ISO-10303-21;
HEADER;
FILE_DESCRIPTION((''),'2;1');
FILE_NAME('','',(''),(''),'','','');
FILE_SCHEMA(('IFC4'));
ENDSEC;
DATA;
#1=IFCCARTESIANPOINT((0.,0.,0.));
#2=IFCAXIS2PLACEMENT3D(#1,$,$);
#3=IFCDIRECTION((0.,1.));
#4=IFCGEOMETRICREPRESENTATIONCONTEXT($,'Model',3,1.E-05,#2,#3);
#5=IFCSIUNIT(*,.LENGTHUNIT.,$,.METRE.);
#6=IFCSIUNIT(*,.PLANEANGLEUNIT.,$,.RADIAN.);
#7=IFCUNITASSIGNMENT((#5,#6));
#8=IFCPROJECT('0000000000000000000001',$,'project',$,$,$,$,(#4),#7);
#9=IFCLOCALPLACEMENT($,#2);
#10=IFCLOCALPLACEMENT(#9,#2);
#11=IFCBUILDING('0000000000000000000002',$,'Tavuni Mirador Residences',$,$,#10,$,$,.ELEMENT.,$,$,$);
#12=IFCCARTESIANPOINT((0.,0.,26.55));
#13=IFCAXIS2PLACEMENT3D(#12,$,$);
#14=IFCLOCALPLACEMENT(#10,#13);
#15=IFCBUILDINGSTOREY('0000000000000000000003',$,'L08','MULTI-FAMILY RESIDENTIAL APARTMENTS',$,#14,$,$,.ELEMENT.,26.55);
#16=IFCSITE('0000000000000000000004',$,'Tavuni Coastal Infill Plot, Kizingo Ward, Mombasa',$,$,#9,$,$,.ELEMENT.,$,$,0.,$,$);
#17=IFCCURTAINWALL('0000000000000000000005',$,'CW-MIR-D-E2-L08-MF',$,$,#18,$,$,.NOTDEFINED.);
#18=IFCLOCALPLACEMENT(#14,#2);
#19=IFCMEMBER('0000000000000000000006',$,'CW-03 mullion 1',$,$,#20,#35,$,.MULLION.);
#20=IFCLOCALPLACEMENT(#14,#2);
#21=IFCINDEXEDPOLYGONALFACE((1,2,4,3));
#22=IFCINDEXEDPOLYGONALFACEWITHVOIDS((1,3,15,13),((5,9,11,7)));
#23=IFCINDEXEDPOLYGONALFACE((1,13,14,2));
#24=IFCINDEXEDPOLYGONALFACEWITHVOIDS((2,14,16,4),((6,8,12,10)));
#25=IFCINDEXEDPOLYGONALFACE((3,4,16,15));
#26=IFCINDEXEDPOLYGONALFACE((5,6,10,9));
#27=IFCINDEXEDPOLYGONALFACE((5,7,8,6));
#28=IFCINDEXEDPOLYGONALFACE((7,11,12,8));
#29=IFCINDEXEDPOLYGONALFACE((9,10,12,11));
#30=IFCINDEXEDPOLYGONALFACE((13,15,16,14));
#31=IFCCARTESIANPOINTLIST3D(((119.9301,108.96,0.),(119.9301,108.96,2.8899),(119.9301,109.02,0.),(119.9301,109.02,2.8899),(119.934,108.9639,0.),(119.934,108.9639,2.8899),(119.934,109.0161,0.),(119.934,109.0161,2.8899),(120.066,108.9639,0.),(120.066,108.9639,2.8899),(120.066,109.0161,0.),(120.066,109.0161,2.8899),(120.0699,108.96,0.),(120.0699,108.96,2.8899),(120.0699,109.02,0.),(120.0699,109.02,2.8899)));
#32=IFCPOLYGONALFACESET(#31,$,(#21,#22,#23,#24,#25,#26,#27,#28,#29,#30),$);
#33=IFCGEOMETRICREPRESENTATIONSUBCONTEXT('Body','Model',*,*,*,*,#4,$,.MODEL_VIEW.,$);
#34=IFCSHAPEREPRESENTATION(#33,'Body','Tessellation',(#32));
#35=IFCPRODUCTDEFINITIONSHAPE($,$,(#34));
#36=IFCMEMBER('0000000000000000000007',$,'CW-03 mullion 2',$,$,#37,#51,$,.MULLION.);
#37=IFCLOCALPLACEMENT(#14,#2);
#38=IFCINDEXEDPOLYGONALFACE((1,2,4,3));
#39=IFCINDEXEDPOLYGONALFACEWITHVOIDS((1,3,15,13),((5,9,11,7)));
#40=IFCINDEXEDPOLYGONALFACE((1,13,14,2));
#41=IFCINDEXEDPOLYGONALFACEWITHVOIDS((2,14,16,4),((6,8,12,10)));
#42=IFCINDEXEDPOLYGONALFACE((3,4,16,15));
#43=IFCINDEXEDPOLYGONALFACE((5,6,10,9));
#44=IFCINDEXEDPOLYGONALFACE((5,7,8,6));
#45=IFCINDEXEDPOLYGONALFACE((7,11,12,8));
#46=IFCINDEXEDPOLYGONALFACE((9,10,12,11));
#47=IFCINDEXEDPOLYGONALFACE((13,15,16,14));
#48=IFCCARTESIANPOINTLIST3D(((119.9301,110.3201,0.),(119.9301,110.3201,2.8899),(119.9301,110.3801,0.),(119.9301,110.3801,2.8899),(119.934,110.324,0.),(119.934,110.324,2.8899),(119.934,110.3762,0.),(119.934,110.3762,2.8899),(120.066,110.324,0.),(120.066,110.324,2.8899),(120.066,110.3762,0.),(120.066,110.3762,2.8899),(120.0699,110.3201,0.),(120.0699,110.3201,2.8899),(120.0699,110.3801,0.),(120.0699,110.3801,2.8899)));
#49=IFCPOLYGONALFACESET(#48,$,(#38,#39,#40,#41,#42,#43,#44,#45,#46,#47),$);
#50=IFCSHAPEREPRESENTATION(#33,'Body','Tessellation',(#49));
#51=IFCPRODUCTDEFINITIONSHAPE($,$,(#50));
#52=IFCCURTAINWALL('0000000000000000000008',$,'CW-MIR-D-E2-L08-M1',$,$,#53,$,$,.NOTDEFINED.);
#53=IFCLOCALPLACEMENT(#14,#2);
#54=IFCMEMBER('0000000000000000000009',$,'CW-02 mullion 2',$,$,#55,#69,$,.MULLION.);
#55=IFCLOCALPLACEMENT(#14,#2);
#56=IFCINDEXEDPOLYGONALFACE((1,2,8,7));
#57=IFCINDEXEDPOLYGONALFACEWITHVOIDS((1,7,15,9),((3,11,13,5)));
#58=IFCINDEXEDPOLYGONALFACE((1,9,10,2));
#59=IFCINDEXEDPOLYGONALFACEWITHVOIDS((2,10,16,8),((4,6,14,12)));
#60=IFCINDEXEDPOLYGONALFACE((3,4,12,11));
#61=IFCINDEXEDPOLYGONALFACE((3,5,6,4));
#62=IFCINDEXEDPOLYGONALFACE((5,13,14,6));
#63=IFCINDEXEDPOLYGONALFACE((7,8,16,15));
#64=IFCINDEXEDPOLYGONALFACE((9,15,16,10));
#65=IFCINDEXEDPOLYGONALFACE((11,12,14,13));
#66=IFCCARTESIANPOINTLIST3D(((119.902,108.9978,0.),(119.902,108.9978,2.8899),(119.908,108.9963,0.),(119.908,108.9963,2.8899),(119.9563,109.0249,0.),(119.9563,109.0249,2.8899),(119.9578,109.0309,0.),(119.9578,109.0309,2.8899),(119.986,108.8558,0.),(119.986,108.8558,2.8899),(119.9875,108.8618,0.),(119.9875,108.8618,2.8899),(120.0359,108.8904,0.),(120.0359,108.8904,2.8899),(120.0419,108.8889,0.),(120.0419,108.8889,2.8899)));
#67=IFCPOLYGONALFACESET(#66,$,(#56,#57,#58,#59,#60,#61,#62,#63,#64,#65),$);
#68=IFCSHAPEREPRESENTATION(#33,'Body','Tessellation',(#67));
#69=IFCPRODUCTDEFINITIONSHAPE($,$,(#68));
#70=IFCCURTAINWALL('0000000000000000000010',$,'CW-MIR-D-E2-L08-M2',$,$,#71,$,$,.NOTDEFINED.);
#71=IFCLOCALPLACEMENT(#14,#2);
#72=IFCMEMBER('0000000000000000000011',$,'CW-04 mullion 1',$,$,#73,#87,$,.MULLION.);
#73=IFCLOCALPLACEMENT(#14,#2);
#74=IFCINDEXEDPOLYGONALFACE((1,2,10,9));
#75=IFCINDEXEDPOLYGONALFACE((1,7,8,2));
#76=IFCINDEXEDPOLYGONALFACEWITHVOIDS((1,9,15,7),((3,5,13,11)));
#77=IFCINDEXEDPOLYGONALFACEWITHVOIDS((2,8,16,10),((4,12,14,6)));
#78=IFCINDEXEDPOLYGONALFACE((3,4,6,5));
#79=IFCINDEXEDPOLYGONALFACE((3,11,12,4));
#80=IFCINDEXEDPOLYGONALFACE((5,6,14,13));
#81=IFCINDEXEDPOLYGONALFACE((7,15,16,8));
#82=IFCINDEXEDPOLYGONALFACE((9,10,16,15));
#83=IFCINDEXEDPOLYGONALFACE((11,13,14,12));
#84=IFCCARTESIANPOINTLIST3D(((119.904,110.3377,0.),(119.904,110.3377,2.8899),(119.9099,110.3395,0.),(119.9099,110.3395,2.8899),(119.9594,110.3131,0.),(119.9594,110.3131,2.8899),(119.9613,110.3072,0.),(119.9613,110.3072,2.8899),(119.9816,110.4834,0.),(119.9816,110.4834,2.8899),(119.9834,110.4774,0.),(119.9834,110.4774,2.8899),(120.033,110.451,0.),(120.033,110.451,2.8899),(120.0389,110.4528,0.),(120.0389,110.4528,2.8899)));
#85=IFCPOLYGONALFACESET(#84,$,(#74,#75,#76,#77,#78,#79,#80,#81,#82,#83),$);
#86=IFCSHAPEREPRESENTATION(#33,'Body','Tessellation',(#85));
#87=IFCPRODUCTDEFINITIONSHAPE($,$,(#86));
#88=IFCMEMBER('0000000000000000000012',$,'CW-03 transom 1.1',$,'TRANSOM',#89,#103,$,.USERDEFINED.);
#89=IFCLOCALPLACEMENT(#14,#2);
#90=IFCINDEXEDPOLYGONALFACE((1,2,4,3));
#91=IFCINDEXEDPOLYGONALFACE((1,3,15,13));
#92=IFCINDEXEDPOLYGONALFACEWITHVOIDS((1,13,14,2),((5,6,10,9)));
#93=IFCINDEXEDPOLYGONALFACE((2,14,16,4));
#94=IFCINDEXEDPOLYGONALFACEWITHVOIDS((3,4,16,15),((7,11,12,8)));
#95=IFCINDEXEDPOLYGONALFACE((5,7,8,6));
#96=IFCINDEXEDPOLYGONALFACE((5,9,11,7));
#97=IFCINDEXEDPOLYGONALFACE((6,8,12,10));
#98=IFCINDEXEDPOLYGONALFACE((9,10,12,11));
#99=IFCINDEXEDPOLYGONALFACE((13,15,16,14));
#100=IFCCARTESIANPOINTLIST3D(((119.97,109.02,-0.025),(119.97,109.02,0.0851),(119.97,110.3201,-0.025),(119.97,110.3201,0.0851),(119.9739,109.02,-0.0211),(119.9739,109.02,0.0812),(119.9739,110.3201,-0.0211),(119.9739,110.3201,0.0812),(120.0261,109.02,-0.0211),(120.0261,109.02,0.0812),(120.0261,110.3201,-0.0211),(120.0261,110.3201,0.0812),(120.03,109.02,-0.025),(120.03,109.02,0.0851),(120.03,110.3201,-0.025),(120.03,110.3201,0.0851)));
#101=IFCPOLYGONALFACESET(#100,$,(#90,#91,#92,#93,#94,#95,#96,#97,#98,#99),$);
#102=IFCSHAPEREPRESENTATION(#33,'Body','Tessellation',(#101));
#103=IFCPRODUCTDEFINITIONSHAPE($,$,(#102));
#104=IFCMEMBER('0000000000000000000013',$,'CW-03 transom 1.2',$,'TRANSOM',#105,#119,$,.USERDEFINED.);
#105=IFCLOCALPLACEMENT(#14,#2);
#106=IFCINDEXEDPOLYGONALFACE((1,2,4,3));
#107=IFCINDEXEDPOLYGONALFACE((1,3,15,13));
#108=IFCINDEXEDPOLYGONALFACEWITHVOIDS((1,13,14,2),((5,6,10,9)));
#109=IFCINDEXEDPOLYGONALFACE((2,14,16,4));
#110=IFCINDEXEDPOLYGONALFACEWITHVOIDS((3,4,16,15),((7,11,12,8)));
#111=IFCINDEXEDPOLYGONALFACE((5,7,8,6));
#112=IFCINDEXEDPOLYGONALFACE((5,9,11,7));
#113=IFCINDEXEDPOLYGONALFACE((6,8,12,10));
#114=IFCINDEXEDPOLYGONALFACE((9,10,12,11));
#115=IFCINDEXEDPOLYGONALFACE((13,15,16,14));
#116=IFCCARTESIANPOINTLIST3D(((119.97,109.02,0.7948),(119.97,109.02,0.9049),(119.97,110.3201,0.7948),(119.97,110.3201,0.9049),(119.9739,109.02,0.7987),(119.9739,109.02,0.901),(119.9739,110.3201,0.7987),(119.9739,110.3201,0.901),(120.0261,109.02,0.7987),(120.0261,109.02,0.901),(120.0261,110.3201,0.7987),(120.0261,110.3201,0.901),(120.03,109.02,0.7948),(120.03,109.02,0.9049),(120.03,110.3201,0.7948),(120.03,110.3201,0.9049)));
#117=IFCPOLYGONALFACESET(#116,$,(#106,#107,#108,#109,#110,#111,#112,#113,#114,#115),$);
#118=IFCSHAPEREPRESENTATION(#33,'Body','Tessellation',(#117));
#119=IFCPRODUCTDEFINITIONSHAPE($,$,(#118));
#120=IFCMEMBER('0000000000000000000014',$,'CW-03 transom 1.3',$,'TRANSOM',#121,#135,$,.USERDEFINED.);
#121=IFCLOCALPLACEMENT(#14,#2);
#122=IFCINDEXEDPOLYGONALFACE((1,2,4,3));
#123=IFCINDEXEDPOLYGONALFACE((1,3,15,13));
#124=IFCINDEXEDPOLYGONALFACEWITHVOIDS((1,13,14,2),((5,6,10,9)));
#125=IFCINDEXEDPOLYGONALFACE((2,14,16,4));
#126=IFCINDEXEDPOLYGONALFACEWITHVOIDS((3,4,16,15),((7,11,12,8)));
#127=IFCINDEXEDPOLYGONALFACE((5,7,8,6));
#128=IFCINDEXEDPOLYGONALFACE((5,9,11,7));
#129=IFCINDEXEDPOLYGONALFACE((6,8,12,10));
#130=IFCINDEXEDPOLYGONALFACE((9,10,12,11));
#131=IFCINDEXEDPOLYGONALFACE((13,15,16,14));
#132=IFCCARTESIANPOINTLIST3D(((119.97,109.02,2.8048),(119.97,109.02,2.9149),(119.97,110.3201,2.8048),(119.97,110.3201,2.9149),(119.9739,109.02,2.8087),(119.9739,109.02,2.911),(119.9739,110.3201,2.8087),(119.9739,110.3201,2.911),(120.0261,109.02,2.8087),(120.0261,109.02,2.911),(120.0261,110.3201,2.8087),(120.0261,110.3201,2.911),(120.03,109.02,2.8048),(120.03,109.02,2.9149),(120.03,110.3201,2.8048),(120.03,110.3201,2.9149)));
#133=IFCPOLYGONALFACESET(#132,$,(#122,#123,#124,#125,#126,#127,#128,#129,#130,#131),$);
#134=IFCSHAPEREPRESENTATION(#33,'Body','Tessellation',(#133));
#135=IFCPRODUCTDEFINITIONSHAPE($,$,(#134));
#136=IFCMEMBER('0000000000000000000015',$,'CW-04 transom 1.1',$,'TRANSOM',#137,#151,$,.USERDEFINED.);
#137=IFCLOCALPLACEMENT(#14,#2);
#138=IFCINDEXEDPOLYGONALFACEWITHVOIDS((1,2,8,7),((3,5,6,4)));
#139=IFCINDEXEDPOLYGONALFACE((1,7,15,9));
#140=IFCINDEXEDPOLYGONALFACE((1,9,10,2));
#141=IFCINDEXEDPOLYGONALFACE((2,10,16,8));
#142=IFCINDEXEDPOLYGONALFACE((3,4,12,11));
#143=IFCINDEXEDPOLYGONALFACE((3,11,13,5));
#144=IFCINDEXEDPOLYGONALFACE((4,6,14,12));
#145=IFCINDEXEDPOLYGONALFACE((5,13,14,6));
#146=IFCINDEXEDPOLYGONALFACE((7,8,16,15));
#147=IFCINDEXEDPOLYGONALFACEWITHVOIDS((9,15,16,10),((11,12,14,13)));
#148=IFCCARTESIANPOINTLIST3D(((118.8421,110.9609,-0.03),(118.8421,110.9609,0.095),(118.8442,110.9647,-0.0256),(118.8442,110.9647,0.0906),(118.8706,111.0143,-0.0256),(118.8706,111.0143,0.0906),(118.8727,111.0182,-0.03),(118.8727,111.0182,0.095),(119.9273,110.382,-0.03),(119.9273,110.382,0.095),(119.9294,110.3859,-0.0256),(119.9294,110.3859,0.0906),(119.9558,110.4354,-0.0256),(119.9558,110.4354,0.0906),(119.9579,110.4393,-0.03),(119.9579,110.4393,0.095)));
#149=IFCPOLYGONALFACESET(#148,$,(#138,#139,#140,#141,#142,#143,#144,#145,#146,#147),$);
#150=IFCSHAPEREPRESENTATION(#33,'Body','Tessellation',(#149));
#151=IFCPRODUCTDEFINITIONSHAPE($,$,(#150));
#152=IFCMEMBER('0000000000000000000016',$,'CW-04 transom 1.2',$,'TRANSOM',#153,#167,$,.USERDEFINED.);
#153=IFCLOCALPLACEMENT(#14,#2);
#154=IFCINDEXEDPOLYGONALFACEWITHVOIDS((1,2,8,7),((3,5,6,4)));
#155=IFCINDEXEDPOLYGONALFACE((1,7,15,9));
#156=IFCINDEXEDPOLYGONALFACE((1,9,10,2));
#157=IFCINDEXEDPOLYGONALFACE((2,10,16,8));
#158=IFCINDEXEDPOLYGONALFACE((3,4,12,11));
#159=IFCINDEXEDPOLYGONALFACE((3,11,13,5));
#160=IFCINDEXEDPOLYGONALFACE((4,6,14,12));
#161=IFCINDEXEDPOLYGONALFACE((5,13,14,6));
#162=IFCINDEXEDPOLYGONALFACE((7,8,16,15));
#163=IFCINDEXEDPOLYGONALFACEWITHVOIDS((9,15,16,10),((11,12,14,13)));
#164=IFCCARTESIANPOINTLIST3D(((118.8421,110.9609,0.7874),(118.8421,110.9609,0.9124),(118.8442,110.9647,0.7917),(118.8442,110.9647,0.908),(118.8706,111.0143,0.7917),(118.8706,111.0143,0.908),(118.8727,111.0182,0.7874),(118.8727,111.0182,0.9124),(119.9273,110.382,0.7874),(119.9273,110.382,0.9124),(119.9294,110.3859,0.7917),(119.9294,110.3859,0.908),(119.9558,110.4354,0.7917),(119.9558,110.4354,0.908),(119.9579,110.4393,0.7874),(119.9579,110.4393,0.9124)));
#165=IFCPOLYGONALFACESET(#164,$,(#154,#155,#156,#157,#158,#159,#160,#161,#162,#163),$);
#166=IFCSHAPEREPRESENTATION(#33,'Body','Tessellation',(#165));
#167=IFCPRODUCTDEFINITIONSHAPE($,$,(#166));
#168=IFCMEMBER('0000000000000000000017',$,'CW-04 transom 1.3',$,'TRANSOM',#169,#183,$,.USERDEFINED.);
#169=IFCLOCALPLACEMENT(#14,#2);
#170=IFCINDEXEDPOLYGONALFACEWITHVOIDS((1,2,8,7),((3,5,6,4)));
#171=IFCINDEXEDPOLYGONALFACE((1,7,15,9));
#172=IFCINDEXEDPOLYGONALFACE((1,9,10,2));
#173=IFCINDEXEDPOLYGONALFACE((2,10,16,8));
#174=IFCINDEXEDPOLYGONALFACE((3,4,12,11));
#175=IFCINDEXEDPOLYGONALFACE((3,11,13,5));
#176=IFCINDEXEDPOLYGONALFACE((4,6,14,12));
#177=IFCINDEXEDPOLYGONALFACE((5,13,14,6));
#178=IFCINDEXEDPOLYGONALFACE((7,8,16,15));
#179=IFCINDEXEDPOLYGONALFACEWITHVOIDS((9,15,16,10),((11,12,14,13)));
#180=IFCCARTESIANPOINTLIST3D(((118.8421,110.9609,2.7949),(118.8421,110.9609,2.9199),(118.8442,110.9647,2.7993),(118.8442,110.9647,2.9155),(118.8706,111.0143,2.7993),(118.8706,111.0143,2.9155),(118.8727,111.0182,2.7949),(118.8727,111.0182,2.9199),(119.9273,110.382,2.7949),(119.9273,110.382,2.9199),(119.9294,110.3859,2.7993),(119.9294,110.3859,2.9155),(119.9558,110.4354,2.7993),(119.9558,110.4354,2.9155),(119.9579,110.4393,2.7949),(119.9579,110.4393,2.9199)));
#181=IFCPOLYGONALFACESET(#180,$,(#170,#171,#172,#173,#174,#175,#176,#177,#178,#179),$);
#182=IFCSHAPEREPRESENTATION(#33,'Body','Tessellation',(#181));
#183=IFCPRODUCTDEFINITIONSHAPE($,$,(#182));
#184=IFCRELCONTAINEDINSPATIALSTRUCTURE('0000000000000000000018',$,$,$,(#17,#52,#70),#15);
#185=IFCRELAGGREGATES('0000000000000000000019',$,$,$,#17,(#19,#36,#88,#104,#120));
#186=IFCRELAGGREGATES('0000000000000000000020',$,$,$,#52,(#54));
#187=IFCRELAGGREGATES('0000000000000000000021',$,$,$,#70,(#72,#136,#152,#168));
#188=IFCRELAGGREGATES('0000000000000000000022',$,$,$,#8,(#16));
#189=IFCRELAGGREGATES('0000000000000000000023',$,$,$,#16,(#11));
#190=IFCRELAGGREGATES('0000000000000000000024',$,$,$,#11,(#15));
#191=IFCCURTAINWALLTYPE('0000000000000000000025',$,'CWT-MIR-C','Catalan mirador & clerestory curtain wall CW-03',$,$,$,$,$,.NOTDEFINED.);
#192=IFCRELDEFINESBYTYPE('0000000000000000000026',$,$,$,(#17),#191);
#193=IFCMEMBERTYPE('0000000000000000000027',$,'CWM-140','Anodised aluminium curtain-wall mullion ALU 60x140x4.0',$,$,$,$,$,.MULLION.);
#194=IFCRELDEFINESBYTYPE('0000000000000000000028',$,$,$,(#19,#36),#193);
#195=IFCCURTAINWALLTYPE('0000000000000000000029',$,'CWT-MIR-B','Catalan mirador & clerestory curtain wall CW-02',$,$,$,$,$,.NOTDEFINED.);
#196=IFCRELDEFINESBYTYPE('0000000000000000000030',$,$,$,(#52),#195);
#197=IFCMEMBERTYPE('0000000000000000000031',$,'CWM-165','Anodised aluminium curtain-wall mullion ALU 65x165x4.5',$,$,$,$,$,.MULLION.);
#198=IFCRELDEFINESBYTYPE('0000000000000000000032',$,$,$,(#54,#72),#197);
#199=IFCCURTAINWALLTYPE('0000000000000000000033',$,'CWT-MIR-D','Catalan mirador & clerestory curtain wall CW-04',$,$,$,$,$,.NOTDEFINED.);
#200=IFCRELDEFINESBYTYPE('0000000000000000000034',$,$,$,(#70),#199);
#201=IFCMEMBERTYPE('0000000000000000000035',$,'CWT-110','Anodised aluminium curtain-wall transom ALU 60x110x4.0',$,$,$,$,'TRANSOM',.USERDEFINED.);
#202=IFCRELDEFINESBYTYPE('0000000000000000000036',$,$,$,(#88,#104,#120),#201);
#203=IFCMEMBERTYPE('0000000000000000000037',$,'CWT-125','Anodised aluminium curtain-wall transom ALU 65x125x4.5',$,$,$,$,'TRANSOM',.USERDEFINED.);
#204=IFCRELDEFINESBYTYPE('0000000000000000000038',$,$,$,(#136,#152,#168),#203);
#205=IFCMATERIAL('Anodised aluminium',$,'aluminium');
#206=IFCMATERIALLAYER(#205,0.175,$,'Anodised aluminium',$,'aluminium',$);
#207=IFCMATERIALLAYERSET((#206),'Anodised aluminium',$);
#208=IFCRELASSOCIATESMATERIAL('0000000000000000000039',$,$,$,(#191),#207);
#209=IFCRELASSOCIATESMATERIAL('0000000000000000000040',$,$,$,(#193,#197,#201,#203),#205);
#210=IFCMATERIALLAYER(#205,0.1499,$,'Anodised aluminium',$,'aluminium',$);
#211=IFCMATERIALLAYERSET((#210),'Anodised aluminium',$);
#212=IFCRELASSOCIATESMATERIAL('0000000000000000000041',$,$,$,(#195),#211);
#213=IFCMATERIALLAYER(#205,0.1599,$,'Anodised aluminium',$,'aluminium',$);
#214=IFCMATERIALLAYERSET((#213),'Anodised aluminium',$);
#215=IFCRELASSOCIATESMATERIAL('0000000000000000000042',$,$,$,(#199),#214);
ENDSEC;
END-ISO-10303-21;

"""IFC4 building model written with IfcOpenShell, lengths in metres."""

from ifc_helpers import new_model, si_unit, direction, frame, origin, origin_2d, place, context, subcontext, project, spatial, hollow_rectangle, extrude, material, layer, layer_set, material_profile, profile_set, type_object, element, aggregate, save


model = new_model("IFC4")

# Units and contexts
model_context = context("Model", 3, precision=1e-05, world=origin(), true_north=direction((0.0, 1.0)))
body_context = subcontext(model_context, "Body", "Model", "MODEL_VIEW")
ifc_project = project(units=[si_unit("LENGTHUNIT", "METRE"), si_unit("PLANEANGLEUNIT", "RADIAN")], contexts=[model_context])

# Site, building, storey
site_placement = place(None, origin())
site = spatial("IfcSite", under=ifc_project, at=site_placement, Name="Tavuni Coastal Infill Plot, Kizingo Ward, Mombasa", CompositionType="ELEMENT", RefElevation=0.0)
building_placement = place(site_placement, origin())
building = spatial("IfcBuilding", under=site, at=building_placement, Name="Tavuni Mirador Residences", CompositionType="ELEMENT")
storey_placement = place(building_placement, frame((0.0, 0.0, 26.55)))
storey = spatial("IfcBuildingStorey", under=building, at=storey_placement, Name="L08", Description="MULTI-FAMILY RESIDENTIAL APARTMENTS", CompositionType="ELEMENT", Elevation=26.55)

# Curtain wall, members
ifc_material_1 = material(Name="Anodised aluminium", Category="aluminium")
ifc_layer_1 = layer(ifc_material_1, 0.175, Name="Anodised aluminium", Category="aluminium")
ifc_layer_set_1 = layer_set([ifc_layer_1], Name="Anodised aluminium")
curtain_wall_type_1 = type_object("IfcCurtainWallType", Name="CWT-MIR-C", Description="Catalan mirador & clerestory curtain wall CW-03", PredefinedType="NOTDEFINED", material=ifc_layer_set_1)
curtain_wall_1_placement = place(storey_placement, origin())
curtain_wall_1 = element("IfcCurtainWall", 1, at=curtain_wall_1_placement, inside=storey, type_object=curtain_wall_type_1, Name="CW-MIR-D-E2-L08-MF", PredefinedType="NOTDEFINED")
ifc_material_profile_1 = material_profile(ifc_material_1, hollow_rectangle(XDim=0.0601, YDim=0.1399, WallThickness=0.0039, at=origin_2d()), Name="ALU 60x140x4.0", Category="aluminium")
ifc_profile_set_1 = profile_set([ifc_material_profile_1], Name="Anodised aluminium")
member_type_1 = type_object("IfcMemberType", Name="CWM-140", Description="Anodised aluminium curtain-wall mullion ALU 60x140x4.0", PredefinedType="MULLION", material=ifc_profile_set_1)
member_1_placement = place(storey_placement, frame((120.0, 108.99, 0.0), z_axis=(0.0, 0.0, 1.0), x_axis=(0.0, 1.0, 0.0)))
member_1 = element("IfcMember", 2, at=member_1_placement, type_object=member_type_1, Name="CW-03 mullion 1", PredefinedType="MULLION", context=body_context, shape_type="SweptSolid", body=[
    extrude(hollow_rectangle(XDim=0.0601, YDim=0.1399, WallThickness=0.0039, at=origin_2d()), origin(), (0.0, 0.0, 1.0), 2.8899),
])
member_2_placement = place(storey_placement, frame((120.0, 110.3501, 0.0), z_axis=(0.0, 0.0, 1.0), x_axis=(0.0, 1.0, 0.0)))
member_2 = element("IfcMember", 3, at=member_2_placement, type_object=member_type_1, Name="CW-03 mullion 2", PredefinedType="MULLION", context=body_context, shape_type="SweptSolid", body=[
    extrude(hollow_rectangle(XDim=0.0601, YDim=0.1399, WallThickness=0.0039, at=origin_2d()), origin(), (0.0, 0.0, 1.0), 2.8899),
])

# Curtain walls, members
ifc_layer_2 = layer(ifc_material_1, 0.1499, Name="Anodised aluminium", Category="aluminium")
ifc_layer_set_2 = layer_set([ifc_layer_2], Name="Anodised aluminium")
curtain_wall_type_2 = type_object("IfcCurtainWallType", Name="CWT-MIR-B", Description="Catalan mirador & clerestory curtain wall CW-02", PredefinedType="NOTDEFINED", material=ifc_layer_set_2)
curtain_wall_2_placement = place(storey_placement, origin())
curtain_wall_2 = element("IfcCurtainWall", 4, at=curtain_wall_2_placement, inside=storey, type_object=curtain_wall_type_2, Name="CW-MIR-D-E2-L08-M1", PredefinedType="NOTDEFINED")
ifc_material_profile_2 = material_profile(ifc_material_1, hollow_rectangle(XDim=0.0649, YDim=0.165, WallThickness=0.0044, at=origin_2d()), Name="ALU 65x165x4.5", Category="aluminium")
ifc_profile_set_2 = profile_set([ifc_material_profile_2], Name="Anodised aluminium")
member_type_2 = type_object("IfcMemberType", Name="CWM-165", Description="Anodised aluminium curtain-wall mullion ALU 65x165x4.5", PredefinedType="MULLION", material=ifc_profile_set_2)
member_3_placement = place(storey_placement, frame((119.9719, 108.9434, 0.0), z_axis=(0.0, 0.0, 1.0), x_axis=(0.860641, 0.509212, 0.0)))
member_3 = element("IfcMember", 5, at=member_3_placement, type_object=member_type_2, Name="CW-02 mullion 2", PredefinedType="MULLION", context=body_context, shape_type="SweptSolid", body=[
    extrude(hollow_rectangle(XDim=0.0649, YDim=0.165, WallThickness=0.0044, at=origin_2d()), origin(), (0.0, 0.0, 1.0), 2.8899),
])
ifc_layer_3 = layer(ifc_material_1, 0.1599, Name="Anodised aluminium", Category="aluminium")
ifc_layer_set_3 = layer_set([ifc_layer_3], Name="Anodised aluminium")
curtain_wall_type_3 = type_object("IfcCurtainWallType", Name="CWT-MIR-D", Description="Catalan mirador & clerestory curtain wall CW-04", PredefinedType="NOTDEFINED", material=ifc_layer_set_3)
curtain_wall_3_placement = place(storey_placement, origin())
curtain_wall_3 = element("IfcCurtainWall", 6, at=curtain_wall_3_placement, inside=storey, type_object=curtain_wall_type_3, Name="CW-MIR-D-E2-L08-M2", PredefinedType="NOTDEFINED")
member_4_placement = place(storey_placement, frame((119.9714, 110.3953, 0.0), z_axis=(0.0, 0.0, 1.0), x_axis=(-0.882353, 0.470588, 0.0)))
member_4 = element("IfcMember", 7, at=member_4_placement, type_object=member_type_2, Name="CW-04 mullion 1", PredefinedType="MULLION", context=body_context, shape_type="SweptSolid", body=[
    extrude(hollow_rectangle(XDim=0.0649, YDim=0.165, WallThickness=0.0044, at=origin_2d()), origin(), (0.0, 0.0, 1.0), 2.8899),
])

# Members
ifc_material_profile_3 = material_profile(ifc_material_1, hollow_rectangle(XDim=0.0601, YDim=0.1101, WallThickness=0.0039, at=origin_2d()), Name="ALU 60x110x4.0", Category="aluminium")
ifc_profile_set_3 = profile_set([ifc_material_profile_3], Name="Anodised aluminium")
member_type_3 = type_object("IfcMemberType", Name="CWT-110", Description="Anodised aluminium curtain-wall transom ALU 60x110x4.0", ElementType="TRANSOM", PredefinedType="USERDEFINED", material=ifc_profile_set_3)
member_5_placement = place(storey_placement, frame((120.0, 109.02, 0.03), z_axis=(0.0, 1.0, 0.0), x_axis=(-1.0, 0.0, 0.0)))
member_5 = element("IfcMember", 8, at=member_5_placement, type_object=member_type_3, Name="CW-03 transom 1.1", ObjectType="TRANSOM", PredefinedType="USERDEFINED", context=body_context, shape_type="SweptSolid", body=[
    extrude(hollow_rectangle(XDim=0.0601, YDim=0.1101, WallThickness=0.0039, at=origin_2d()), origin(), (0.0, 0.0, 1.0), 1.3),
])
member_6_placement = place(storey_placement, frame((120.0, 109.02, 0.8499), z_axis=(0.0, 1.0, 0.0), x_axis=(-1.0, 0.0, 0.0)))
member_6 = element("IfcMember", 9, at=member_6_placement, type_object=member_type_3, Name="CW-03 transom 1.2", ObjectType="TRANSOM", PredefinedType="USERDEFINED", context=body_context, shape_type="SweptSolid", body=[
    extrude(hollow_rectangle(XDim=0.0601, YDim=0.1101, WallThickness=0.0039, at=origin_2d()), origin(), (0.0, 0.0, 1.0), 1.3),
])
member_7_placement = place(storey_placement, frame((120.0, 109.02, 2.8599), z_axis=(0.0, 1.0, 0.0), x_axis=(-1.0, 0.0, 0.0)))
member_7 = element("IfcMember", 10, at=member_7_placement, type_object=member_type_3, Name="CW-03 transom 1.3", ObjectType="TRANSOM", PredefinedType="USERDEFINED", context=body_context, shape_type="SweptSolid", body=[
    extrude(hollow_rectangle(XDim=0.0601, YDim=0.1101, WallThickness=0.0039, at=origin_2d()), origin(), (0.0, 0.0, 1.0), 1.3),
])
ifc_material_profile_4 = material_profile(ifc_material_1, hollow_rectangle(XDim=0.0649, YDim=0.125, WallThickness=0.0044, at=origin_2d()), Name="ALU 65x125x4.5", Category="aluminium")
ifc_profile_set_4 = profile_set([ifc_material_profile_4], Name="Anodised aluminium")
member_type_4 = type_object("IfcMemberType", Name="CWT-125", Description="Anodised aluminium curtain-wall transom ALU 65x125x4.5", ElementType="TRANSOM", PredefinedType="USERDEFINED", material=ifc_profile_set_4)
member_8_placement = place(storey_placement, frame((119.9426, 110.4106, 0.0325), z_axis=(-0.882325, 0.47064, 0.0), x_axis=(-0.47064, -0.882325, 0.0)))
member_8 = element("IfcMember", 11, at=member_8_placement, type_object=member_type_4, Name="CW-04 transom 1.1", ObjectType="TRANSOM", PredefinedType="USERDEFINED", context=body_context, shape_type="SweptSolid", body=[
    extrude(hollow_rectangle(XDim=0.0649, YDim=0.125, WallThickness=0.0044, at=origin_2d()), origin(), (0.0, 0.0, 1.0), 1.23),
])
member_9_placement = place(storey_placement, frame((119.9426, 110.4106, 0.8499), z_axis=(-0.882325, 0.47064, 0.0), x_axis=(-0.47064, -0.882325, 0.0)))
member_9 = element("IfcMember", 12, at=member_9_placement, type_object=member_type_4, Name="CW-04 transom 1.2", ObjectType="TRANSOM", PredefinedType="USERDEFINED", context=body_context, shape_type="SweptSolid", body=[
    extrude(hollow_rectangle(XDim=0.0649, YDim=0.125, WallThickness=0.0044, at=origin_2d()), origin(), (0.0, 0.0, 1.0), 1.23),
])
member_10_placement = place(storey_placement, frame((119.9426, 110.4106, 2.8574), z_axis=(-0.882325, 0.47064, 0.0), x_axis=(-0.47064, -0.882325, 0.0)))
member_10 = element("IfcMember", 13, at=member_10_placement, type_object=member_type_4, Name="CW-04 transom 1.3", ObjectType="TRANSOM", PredefinedType="USERDEFINED", context=body_context, shape_type="SweptSolid", body=[
    extrude(hollow_rectangle(XDim=0.0649, YDim=0.125, WallThickness=0.0044, at=origin_2d()), origin(), (0.0, 0.0, 1.0), 1.23),
])

aggregate(curtain_wall_1, [member_1, member_2, member_5, member_6, member_7])
aggregate(curtain_wall_2, [member_3])
aggregate(curtain_wall_3, [member_4, member_8, member_9, member_10])

save(model, "model.ifc")
